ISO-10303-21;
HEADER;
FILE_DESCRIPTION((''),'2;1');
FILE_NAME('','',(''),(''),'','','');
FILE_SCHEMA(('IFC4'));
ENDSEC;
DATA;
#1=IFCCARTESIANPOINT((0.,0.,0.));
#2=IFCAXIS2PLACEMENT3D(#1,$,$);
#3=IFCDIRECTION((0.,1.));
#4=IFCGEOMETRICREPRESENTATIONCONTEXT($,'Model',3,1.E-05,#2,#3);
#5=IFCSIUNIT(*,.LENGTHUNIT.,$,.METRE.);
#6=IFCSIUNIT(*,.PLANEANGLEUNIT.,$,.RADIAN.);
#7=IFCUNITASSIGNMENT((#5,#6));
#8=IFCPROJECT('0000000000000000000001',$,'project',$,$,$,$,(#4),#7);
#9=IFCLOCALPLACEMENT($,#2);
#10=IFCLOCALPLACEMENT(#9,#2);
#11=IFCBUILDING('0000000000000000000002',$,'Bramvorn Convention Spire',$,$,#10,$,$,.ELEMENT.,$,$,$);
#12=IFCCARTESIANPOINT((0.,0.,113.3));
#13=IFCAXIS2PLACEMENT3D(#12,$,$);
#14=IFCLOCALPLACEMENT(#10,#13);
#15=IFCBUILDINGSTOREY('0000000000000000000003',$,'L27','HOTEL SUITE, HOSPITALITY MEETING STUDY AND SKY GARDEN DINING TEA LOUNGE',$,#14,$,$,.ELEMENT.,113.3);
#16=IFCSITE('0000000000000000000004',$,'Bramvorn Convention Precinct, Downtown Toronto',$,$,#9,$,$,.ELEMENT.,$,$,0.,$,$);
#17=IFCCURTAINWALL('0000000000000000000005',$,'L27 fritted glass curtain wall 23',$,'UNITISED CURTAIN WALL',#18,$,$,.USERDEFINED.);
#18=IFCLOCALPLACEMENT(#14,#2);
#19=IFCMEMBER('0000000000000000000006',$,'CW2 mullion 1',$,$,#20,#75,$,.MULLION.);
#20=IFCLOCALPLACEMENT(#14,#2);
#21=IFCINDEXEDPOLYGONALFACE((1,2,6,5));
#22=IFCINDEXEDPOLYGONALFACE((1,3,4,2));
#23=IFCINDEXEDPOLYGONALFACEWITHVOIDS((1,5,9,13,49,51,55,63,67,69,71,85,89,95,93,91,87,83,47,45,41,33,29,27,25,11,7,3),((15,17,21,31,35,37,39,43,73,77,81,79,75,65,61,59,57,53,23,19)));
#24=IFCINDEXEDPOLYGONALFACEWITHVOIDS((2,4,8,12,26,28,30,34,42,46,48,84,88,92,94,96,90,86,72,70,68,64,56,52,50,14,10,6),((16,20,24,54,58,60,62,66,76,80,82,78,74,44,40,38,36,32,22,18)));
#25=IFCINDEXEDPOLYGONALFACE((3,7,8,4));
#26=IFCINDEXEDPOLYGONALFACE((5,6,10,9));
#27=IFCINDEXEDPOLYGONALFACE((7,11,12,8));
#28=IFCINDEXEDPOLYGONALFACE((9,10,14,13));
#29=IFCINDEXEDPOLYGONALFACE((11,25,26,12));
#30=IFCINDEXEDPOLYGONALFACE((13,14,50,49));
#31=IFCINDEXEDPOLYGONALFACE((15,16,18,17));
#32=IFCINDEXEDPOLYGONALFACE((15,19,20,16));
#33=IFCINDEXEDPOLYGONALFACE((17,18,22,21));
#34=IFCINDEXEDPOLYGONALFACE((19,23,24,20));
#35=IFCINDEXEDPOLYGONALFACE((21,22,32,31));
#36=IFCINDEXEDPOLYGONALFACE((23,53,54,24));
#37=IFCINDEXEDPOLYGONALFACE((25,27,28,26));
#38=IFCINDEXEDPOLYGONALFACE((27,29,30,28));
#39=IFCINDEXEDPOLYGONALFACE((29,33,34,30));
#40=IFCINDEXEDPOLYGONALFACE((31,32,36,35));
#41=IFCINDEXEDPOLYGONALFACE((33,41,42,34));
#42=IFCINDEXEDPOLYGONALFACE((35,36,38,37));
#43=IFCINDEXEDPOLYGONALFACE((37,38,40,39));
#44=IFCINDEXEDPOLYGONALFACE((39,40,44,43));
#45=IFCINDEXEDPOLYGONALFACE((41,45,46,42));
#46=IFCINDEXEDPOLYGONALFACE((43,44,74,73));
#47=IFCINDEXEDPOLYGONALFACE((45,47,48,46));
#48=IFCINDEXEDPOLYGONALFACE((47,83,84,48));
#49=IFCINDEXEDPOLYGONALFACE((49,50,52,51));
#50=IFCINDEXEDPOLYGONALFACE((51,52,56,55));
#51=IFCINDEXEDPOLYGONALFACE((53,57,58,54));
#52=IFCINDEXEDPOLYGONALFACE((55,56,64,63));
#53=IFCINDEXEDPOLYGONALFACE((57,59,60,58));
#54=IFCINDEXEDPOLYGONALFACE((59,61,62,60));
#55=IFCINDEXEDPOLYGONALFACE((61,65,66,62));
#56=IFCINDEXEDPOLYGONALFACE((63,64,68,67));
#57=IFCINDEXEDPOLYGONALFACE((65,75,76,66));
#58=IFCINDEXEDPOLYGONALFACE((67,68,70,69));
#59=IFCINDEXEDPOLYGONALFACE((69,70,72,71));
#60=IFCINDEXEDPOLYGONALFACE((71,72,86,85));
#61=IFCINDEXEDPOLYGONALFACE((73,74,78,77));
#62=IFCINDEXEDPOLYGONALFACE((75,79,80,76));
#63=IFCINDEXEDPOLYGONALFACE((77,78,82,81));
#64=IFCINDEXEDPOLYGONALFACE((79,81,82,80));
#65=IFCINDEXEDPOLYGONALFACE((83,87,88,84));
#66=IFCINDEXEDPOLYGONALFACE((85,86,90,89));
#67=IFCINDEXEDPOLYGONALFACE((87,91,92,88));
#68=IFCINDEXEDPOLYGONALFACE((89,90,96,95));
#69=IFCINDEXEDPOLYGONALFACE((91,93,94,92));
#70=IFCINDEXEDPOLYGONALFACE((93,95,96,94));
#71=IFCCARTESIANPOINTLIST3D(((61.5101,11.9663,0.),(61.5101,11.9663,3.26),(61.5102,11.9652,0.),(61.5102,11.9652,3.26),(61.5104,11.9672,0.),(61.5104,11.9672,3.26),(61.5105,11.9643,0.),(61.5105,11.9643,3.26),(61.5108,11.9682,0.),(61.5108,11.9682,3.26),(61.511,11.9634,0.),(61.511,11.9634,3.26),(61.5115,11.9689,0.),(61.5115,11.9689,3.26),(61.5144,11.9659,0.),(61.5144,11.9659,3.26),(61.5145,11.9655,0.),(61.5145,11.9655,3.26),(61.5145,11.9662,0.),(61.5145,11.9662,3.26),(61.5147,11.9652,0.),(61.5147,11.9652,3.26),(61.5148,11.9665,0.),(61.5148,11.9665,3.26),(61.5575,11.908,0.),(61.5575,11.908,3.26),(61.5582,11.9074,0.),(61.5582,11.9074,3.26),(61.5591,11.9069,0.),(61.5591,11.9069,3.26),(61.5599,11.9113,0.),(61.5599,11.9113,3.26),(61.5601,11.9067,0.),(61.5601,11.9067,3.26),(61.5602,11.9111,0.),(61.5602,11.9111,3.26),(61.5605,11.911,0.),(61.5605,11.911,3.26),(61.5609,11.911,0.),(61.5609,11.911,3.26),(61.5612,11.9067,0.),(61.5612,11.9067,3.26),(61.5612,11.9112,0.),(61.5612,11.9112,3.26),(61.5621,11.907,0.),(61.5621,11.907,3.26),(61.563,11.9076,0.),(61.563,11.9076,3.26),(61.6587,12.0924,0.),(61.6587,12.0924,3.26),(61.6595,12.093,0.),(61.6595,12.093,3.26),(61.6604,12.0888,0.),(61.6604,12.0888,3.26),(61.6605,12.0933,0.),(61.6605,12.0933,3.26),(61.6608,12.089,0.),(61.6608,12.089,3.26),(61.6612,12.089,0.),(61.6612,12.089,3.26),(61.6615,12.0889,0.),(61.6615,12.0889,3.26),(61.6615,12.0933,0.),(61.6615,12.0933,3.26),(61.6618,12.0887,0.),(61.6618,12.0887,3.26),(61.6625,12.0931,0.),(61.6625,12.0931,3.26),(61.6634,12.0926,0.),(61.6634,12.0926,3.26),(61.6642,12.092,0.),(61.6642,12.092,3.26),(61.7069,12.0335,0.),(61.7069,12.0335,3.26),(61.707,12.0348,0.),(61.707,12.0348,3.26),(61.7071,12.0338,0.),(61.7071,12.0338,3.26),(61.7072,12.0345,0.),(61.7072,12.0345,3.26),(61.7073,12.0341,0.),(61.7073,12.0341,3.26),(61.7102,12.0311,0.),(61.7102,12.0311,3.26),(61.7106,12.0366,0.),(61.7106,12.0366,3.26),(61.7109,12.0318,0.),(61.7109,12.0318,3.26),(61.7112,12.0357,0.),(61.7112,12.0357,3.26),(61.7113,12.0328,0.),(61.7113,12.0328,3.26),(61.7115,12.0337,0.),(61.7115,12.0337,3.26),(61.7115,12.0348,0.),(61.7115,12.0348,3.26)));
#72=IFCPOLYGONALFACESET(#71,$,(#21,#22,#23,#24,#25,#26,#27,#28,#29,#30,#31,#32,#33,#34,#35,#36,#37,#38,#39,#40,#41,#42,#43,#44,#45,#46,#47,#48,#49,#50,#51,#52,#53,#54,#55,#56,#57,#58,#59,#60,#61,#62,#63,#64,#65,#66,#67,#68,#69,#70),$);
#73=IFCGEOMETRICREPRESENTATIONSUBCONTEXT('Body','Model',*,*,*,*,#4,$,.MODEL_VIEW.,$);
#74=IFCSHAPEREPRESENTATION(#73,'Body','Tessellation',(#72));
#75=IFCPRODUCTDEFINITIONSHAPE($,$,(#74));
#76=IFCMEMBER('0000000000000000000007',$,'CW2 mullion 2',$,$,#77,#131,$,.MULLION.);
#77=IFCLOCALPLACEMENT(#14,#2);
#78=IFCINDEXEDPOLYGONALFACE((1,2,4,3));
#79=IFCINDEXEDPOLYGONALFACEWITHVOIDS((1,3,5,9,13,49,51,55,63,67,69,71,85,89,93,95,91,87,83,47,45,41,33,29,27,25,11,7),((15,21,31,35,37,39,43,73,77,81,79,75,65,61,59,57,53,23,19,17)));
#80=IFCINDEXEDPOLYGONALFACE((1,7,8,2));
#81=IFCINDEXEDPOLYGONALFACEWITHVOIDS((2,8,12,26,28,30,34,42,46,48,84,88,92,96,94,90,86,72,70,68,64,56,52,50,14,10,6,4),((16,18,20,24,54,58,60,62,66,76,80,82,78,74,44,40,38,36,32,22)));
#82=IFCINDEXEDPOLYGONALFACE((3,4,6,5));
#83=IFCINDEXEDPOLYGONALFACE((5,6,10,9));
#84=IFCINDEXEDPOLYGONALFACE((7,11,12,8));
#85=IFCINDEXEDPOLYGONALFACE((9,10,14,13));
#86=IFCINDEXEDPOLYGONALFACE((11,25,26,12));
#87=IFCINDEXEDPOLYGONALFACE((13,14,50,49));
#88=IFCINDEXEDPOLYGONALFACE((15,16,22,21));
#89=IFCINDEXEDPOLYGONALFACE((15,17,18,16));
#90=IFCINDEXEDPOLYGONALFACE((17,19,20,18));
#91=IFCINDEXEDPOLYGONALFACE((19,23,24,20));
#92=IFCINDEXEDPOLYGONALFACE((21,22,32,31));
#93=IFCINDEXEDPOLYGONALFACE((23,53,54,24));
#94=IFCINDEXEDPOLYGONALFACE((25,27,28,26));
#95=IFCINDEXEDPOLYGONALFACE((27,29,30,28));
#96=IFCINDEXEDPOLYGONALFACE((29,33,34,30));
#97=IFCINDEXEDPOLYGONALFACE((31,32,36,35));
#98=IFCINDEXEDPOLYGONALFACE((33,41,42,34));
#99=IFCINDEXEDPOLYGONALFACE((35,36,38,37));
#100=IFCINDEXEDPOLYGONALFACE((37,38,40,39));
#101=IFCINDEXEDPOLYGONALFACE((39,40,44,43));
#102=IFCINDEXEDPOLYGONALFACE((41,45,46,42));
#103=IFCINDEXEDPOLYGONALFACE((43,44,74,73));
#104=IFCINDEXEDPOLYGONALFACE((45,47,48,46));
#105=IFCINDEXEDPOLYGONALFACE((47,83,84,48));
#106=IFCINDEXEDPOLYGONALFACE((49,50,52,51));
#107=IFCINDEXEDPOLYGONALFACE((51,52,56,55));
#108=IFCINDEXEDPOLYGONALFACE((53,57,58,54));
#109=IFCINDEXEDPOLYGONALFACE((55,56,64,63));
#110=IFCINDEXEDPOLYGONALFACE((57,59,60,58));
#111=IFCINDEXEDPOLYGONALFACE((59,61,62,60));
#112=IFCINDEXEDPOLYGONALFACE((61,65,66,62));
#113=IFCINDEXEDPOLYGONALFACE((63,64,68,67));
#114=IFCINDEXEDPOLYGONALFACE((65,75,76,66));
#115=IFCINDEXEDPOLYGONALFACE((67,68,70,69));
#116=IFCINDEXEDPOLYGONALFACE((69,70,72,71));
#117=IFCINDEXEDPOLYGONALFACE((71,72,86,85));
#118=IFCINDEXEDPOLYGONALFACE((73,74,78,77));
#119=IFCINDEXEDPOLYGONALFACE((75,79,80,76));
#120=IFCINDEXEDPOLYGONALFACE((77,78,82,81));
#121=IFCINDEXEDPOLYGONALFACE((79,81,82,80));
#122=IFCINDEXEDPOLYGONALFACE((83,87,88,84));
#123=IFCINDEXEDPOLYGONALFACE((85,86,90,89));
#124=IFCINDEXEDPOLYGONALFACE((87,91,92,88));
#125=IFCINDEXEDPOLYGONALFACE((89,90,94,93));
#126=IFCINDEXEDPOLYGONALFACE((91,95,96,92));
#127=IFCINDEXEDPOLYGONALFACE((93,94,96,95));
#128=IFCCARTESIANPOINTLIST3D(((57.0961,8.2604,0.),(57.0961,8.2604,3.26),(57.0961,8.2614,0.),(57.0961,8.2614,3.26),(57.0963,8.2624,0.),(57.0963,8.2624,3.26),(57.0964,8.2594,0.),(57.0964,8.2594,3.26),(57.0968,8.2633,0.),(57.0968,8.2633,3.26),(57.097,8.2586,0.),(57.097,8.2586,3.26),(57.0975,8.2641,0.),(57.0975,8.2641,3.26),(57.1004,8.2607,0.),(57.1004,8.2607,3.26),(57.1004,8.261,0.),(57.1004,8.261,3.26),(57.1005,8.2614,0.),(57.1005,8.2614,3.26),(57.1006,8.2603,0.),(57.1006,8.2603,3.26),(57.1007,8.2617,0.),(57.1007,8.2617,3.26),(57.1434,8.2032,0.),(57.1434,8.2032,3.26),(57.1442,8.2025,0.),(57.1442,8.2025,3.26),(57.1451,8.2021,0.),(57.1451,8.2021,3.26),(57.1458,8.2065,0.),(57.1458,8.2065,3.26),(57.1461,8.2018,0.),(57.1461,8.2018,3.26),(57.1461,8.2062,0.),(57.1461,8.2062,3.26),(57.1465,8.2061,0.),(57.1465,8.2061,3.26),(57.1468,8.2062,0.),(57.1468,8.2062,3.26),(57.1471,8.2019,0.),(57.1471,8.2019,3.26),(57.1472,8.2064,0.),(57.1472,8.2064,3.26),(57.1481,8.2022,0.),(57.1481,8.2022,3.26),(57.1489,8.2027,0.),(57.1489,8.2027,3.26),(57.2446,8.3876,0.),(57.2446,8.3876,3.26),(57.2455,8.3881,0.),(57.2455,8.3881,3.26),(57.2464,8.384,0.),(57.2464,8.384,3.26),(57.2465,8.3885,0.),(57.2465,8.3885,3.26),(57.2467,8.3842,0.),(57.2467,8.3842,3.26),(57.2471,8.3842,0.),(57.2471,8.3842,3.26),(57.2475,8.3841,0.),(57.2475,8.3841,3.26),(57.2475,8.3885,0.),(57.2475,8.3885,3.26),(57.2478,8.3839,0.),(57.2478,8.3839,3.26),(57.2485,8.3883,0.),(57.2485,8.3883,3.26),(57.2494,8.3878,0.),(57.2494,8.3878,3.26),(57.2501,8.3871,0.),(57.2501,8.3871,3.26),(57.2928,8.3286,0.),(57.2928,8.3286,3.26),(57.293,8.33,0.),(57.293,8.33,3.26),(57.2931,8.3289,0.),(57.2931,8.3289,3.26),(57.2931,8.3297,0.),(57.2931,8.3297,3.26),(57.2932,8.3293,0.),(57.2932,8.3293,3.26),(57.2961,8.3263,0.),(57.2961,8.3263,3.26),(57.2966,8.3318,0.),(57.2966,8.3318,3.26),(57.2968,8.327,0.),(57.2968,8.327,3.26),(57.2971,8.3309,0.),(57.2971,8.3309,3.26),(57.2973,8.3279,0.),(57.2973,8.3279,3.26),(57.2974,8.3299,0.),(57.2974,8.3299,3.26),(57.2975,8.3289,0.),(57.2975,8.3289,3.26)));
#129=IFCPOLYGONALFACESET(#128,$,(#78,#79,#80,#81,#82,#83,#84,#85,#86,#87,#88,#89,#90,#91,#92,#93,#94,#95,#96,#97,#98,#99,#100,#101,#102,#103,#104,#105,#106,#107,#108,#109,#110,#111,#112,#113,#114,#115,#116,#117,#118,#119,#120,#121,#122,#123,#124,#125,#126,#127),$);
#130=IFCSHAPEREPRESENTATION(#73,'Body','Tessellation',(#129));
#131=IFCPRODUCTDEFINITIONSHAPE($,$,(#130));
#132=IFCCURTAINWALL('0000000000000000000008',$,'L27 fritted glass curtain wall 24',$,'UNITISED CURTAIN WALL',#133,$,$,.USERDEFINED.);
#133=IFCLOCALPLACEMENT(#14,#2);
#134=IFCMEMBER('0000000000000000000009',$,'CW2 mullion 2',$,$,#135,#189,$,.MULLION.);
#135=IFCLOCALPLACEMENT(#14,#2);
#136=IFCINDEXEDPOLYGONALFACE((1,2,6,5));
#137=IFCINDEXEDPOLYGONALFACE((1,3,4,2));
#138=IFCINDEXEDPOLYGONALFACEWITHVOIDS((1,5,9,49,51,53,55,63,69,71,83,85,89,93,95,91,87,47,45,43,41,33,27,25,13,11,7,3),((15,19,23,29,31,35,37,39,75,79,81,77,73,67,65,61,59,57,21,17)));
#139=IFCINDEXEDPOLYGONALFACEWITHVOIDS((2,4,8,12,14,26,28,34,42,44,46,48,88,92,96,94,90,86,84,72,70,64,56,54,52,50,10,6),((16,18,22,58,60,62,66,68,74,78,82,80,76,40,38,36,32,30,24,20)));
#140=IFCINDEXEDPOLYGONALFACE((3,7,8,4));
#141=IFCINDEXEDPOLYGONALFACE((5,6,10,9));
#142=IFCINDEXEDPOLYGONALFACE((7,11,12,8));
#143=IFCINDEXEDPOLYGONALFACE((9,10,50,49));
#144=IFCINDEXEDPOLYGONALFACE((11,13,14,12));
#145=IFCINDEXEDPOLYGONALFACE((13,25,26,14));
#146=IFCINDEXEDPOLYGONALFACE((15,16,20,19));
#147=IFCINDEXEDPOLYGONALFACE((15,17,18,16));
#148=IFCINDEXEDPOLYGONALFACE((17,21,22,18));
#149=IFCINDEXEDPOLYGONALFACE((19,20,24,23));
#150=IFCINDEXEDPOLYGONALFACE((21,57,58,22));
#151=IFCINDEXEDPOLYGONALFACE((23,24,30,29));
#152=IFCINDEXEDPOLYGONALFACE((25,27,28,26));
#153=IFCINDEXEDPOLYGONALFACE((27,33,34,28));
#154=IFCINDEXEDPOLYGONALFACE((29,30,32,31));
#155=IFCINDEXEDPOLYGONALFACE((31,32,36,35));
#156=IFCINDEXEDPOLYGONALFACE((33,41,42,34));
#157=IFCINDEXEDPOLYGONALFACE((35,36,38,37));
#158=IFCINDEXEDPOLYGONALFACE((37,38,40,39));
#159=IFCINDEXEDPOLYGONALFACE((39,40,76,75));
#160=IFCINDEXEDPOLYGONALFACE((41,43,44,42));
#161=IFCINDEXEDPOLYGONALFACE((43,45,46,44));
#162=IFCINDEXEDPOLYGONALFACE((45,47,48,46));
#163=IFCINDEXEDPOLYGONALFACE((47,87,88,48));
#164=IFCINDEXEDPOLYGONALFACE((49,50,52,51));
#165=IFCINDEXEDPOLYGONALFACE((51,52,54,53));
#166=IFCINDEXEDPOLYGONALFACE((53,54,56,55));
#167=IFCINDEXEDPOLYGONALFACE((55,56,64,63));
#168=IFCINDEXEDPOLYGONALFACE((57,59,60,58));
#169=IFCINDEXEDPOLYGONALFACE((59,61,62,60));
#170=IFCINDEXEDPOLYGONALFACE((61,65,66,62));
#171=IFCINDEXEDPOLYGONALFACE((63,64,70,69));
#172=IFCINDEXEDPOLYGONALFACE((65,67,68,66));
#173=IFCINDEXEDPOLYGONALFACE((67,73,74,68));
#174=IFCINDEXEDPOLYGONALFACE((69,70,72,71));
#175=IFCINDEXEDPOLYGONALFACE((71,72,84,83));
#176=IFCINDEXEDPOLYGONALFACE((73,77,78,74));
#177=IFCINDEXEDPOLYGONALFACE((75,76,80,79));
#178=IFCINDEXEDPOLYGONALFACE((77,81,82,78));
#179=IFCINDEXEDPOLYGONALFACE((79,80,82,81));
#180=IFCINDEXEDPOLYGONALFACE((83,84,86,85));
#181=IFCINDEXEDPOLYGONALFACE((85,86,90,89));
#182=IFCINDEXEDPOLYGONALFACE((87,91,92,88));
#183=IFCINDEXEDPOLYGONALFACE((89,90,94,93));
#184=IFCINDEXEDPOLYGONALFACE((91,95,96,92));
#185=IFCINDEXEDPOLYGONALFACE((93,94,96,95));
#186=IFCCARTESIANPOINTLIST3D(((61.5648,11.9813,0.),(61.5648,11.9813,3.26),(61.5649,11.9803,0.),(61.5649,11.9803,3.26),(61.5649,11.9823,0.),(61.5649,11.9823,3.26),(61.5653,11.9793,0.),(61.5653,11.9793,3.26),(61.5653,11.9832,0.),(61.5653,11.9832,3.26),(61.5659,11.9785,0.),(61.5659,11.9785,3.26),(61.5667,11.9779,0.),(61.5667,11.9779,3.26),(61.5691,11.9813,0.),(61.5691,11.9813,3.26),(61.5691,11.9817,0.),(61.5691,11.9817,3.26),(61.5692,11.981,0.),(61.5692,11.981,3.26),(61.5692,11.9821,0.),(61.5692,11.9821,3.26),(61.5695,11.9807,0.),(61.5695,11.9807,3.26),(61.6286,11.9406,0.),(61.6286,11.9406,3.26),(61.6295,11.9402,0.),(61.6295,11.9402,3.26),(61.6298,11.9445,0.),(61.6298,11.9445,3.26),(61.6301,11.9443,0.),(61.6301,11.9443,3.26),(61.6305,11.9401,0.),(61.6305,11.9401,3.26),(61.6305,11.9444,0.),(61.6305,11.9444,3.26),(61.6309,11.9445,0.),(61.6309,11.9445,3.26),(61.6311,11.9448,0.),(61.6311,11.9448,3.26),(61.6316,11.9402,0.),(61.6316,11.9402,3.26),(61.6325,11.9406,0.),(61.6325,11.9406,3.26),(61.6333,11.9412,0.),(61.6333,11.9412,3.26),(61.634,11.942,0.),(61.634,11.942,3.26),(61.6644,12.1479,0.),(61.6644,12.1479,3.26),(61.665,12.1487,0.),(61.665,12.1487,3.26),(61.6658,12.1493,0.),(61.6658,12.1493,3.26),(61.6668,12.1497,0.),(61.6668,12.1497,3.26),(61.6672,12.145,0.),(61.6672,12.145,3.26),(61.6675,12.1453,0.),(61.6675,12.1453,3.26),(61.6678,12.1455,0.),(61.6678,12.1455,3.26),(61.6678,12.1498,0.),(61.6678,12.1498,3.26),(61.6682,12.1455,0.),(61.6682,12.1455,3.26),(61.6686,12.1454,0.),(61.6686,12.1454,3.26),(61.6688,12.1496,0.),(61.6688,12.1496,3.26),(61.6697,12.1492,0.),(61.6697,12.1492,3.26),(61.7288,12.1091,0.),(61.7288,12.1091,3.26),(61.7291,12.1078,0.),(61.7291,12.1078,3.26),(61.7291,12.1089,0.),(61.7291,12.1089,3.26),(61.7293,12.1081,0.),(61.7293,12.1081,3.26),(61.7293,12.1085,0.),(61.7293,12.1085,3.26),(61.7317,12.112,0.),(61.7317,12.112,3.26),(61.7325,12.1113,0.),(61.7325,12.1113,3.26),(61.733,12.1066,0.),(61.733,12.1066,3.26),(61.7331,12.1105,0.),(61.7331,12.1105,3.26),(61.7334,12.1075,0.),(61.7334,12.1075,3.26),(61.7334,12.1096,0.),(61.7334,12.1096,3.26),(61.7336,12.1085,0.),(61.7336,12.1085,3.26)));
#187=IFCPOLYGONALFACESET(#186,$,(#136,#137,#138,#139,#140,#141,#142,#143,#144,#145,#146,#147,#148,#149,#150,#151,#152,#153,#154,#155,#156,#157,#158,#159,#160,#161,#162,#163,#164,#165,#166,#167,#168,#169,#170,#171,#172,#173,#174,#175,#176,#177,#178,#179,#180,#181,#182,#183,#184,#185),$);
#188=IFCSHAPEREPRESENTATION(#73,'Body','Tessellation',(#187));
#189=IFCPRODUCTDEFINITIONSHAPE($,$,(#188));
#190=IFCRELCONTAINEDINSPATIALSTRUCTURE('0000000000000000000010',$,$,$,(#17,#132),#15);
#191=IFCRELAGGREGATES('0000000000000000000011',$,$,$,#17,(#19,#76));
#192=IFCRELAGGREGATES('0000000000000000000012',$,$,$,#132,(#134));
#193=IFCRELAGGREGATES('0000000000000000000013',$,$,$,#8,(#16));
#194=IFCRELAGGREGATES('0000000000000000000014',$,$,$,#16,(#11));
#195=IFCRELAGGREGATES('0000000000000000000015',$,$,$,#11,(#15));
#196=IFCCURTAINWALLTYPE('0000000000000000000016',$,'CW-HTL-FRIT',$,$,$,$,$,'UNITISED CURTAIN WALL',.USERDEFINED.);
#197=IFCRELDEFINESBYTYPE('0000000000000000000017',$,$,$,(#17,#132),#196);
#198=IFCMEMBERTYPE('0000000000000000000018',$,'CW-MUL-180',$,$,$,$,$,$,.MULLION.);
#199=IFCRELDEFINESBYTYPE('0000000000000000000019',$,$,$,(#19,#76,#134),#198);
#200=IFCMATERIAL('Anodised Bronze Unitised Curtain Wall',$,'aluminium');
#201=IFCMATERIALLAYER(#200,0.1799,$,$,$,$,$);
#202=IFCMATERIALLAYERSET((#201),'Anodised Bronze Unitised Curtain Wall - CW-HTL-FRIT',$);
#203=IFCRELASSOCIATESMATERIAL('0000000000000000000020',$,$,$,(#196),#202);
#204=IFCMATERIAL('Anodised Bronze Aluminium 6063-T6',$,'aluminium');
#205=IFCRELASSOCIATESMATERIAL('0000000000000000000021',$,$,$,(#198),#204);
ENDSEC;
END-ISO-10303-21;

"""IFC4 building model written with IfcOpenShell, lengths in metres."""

from ifc_helpers import new_model, si_unit, direction, frame, origin, origin_2d, place, context, subcontext, project, spatial, hollow_rectangle, extrude, material, layer, layer_set, material_profile, profile_set, type_object, element, aggregate, save


model = new_model("IFC4")

# Units and contexts
model_context = context("Model", 3, precision=1e-05, world=origin(), true_north=direction((0.0, 1.0)))
body_context = subcontext(model_context, "Body", "Model", "MODEL_VIEW")
ifc_project = project(units=[si_unit("LENGTHUNIT", "METRE"), si_unit("PLANEANGLEUNIT", "RADIAN")], contexts=[model_context])

# Site, building, storey
site_placement = place(None, origin())
site = spatial("IfcSite", under=ifc_project, at=site_placement, Name="Bramvorn Convention Precinct, Downtown Toronto", CompositionType="ELEMENT", RefElevation=0.0)
building_placement = place(site_placement, origin())
building = spatial("IfcBuilding", under=site, at=building_placement, Name="Bramvorn Convention Spire", CompositionType="ELEMENT")
storey_placement = place(building_placement, frame((0.0, 0.0, 113.3)))
storey = spatial("IfcBuildingStorey", under=building, at=storey_placement, Name="L27", Description="HOTEL SUITE, HOSPITALITY MEETING STUDY AND SKY GARDEN DINING TEA LOUNGE", CompositionType="ELEMENT", Elevation=113.3)

# Curtain wall, members
ifc_material_1 = material(Name="Anodised Bronze Unitised Curtain Wall", Category="aluminium")
ifc_layer_1 = layer(ifc_material_1, 0.1799)
ifc_layer_set_1 = layer_set([ifc_layer_1], Name="Anodised Bronze Unitised Curtain Wall - CW-HTL-FRIT")
curtain_wall_type = type_object("IfcCurtainWallType", Name="CW-HTL-FRIT", ElementType="UNITISED CURTAIN WALL", PredefinedType="USERDEFINED", material=ifc_layer_set_1)
curtain_wall_1_placement = place(storey_placement, origin())
curtain_wall_1 = element("IfcCurtainWall", 1, at=curtain_wall_1_placement, inside=storey, type_object=curtain_wall_type, Name="L27 fritted glass curtain wall 23", ObjectType="UNITISED CURTAIN WALL", PredefinedType="USERDEFINED")
ifc_material_2 = material(Name="Anodised Bronze Aluminium 6063-T6", Category="aluminium")
ifc_material_profile_1 = material_profile(ifc_material_2, hollow_rectangle(XDim=0.0801, YDim=0.2, WallThickness=0.0039, InnerFilletRadius=0.001, OuterFilletRadius=0.0039, at=origin_2d()))
ifc_profile_set_1 = profile_set([ifc_material_profile_1], Name="Anodised Bronze Aluminium 6063-T6 - CWM80X200")
member_type_1 = type_object("IfcMemberType", Name="CW-MUL-180", PredefinedType="MULLION", material=ifc_profile_set_1)
member_1_placement = place(storey_placement, frame((61.6108, 12.0, 0.0), z_axis=(0.0, 0.0, 1.0), x_axis=(0.642898, -0.765951, 0.0)))
member_1 = element("IfcMember", 2, at=member_1_placement, type_object=member_type_1, Name="CW2 mullion 1", PredefinedType="MULLION", context=body_context, shape_type="SweptSolid", body=[
    extrude(hollow_rectangle(XDim=0.0801, YDim=0.2, WallThickness=0.0039, InnerFilletRadius=0.001, OuterFilletRadius=0.0039, at=origin_2d()), origin(), (0.0, 0.0, 1.0), 3.26),
])
member_2_placement = place(storey_placement, frame((57.1968, 8.2952, 0.0), z_axis=(0.0, 0.0, 1.0), x_axis=(0.642898, -0.765951, 0.0)))
member_2 = element("IfcMember", 3, at=member_2_placement, type_object=member_type_1, Name="CW2 mullion 2", PredefinedType="MULLION", context=body_context, shape_type="SweptSolid", body=[
    extrude(hollow_rectangle(XDim=0.0801, YDim=0.2, WallThickness=0.0039, InnerFilletRadius=0.001, OuterFilletRadius=0.0039, at=origin_2d()), origin(), (0.0, 0.0, 1.0), 3.26),
])

# Curtain wall, member
curtain_wall_2_placement = place(storey_placement, origin())
curtain_wall_2 = element("IfcCurtainWall", 4, at=curtain_wall_2_placement, inside=storey, type_object=curtain_wall_type, Name="L27 fritted glass curtain wall 24", ObjectType="UNITISED CURTAIN WALL", PredefinedType="USERDEFINED")
member_3_placement = place(storey_placement, frame((61.6492, 12.0449, 0.0), z_axis=(0.0, 0.0, 1.0), x_axis=(0.856907, -0.51547, 0.0)))
member_3 = element("IfcMember", 5, at=member_3_placement, type_object=member_type_1, Name="CW2 mullion 2", PredefinedType="MULLION", context=body_context, shape_type="SweptSolid", body=[
    extrude(hollow_rectangle(XDim=0.0801, YDim=0.2, WallThickness=0.0039, InnerFilletRadius=0.001, OuterFilletRadius=0.0039, at=origin_2d()), origin(), (0.0, 0.0, 1.0), 3.26),
])

aggregate(curtain_wall_1, [member_1, member_2])
aggregate(curtain_wall_2, [member_3])

save(model, "model.ifc")
